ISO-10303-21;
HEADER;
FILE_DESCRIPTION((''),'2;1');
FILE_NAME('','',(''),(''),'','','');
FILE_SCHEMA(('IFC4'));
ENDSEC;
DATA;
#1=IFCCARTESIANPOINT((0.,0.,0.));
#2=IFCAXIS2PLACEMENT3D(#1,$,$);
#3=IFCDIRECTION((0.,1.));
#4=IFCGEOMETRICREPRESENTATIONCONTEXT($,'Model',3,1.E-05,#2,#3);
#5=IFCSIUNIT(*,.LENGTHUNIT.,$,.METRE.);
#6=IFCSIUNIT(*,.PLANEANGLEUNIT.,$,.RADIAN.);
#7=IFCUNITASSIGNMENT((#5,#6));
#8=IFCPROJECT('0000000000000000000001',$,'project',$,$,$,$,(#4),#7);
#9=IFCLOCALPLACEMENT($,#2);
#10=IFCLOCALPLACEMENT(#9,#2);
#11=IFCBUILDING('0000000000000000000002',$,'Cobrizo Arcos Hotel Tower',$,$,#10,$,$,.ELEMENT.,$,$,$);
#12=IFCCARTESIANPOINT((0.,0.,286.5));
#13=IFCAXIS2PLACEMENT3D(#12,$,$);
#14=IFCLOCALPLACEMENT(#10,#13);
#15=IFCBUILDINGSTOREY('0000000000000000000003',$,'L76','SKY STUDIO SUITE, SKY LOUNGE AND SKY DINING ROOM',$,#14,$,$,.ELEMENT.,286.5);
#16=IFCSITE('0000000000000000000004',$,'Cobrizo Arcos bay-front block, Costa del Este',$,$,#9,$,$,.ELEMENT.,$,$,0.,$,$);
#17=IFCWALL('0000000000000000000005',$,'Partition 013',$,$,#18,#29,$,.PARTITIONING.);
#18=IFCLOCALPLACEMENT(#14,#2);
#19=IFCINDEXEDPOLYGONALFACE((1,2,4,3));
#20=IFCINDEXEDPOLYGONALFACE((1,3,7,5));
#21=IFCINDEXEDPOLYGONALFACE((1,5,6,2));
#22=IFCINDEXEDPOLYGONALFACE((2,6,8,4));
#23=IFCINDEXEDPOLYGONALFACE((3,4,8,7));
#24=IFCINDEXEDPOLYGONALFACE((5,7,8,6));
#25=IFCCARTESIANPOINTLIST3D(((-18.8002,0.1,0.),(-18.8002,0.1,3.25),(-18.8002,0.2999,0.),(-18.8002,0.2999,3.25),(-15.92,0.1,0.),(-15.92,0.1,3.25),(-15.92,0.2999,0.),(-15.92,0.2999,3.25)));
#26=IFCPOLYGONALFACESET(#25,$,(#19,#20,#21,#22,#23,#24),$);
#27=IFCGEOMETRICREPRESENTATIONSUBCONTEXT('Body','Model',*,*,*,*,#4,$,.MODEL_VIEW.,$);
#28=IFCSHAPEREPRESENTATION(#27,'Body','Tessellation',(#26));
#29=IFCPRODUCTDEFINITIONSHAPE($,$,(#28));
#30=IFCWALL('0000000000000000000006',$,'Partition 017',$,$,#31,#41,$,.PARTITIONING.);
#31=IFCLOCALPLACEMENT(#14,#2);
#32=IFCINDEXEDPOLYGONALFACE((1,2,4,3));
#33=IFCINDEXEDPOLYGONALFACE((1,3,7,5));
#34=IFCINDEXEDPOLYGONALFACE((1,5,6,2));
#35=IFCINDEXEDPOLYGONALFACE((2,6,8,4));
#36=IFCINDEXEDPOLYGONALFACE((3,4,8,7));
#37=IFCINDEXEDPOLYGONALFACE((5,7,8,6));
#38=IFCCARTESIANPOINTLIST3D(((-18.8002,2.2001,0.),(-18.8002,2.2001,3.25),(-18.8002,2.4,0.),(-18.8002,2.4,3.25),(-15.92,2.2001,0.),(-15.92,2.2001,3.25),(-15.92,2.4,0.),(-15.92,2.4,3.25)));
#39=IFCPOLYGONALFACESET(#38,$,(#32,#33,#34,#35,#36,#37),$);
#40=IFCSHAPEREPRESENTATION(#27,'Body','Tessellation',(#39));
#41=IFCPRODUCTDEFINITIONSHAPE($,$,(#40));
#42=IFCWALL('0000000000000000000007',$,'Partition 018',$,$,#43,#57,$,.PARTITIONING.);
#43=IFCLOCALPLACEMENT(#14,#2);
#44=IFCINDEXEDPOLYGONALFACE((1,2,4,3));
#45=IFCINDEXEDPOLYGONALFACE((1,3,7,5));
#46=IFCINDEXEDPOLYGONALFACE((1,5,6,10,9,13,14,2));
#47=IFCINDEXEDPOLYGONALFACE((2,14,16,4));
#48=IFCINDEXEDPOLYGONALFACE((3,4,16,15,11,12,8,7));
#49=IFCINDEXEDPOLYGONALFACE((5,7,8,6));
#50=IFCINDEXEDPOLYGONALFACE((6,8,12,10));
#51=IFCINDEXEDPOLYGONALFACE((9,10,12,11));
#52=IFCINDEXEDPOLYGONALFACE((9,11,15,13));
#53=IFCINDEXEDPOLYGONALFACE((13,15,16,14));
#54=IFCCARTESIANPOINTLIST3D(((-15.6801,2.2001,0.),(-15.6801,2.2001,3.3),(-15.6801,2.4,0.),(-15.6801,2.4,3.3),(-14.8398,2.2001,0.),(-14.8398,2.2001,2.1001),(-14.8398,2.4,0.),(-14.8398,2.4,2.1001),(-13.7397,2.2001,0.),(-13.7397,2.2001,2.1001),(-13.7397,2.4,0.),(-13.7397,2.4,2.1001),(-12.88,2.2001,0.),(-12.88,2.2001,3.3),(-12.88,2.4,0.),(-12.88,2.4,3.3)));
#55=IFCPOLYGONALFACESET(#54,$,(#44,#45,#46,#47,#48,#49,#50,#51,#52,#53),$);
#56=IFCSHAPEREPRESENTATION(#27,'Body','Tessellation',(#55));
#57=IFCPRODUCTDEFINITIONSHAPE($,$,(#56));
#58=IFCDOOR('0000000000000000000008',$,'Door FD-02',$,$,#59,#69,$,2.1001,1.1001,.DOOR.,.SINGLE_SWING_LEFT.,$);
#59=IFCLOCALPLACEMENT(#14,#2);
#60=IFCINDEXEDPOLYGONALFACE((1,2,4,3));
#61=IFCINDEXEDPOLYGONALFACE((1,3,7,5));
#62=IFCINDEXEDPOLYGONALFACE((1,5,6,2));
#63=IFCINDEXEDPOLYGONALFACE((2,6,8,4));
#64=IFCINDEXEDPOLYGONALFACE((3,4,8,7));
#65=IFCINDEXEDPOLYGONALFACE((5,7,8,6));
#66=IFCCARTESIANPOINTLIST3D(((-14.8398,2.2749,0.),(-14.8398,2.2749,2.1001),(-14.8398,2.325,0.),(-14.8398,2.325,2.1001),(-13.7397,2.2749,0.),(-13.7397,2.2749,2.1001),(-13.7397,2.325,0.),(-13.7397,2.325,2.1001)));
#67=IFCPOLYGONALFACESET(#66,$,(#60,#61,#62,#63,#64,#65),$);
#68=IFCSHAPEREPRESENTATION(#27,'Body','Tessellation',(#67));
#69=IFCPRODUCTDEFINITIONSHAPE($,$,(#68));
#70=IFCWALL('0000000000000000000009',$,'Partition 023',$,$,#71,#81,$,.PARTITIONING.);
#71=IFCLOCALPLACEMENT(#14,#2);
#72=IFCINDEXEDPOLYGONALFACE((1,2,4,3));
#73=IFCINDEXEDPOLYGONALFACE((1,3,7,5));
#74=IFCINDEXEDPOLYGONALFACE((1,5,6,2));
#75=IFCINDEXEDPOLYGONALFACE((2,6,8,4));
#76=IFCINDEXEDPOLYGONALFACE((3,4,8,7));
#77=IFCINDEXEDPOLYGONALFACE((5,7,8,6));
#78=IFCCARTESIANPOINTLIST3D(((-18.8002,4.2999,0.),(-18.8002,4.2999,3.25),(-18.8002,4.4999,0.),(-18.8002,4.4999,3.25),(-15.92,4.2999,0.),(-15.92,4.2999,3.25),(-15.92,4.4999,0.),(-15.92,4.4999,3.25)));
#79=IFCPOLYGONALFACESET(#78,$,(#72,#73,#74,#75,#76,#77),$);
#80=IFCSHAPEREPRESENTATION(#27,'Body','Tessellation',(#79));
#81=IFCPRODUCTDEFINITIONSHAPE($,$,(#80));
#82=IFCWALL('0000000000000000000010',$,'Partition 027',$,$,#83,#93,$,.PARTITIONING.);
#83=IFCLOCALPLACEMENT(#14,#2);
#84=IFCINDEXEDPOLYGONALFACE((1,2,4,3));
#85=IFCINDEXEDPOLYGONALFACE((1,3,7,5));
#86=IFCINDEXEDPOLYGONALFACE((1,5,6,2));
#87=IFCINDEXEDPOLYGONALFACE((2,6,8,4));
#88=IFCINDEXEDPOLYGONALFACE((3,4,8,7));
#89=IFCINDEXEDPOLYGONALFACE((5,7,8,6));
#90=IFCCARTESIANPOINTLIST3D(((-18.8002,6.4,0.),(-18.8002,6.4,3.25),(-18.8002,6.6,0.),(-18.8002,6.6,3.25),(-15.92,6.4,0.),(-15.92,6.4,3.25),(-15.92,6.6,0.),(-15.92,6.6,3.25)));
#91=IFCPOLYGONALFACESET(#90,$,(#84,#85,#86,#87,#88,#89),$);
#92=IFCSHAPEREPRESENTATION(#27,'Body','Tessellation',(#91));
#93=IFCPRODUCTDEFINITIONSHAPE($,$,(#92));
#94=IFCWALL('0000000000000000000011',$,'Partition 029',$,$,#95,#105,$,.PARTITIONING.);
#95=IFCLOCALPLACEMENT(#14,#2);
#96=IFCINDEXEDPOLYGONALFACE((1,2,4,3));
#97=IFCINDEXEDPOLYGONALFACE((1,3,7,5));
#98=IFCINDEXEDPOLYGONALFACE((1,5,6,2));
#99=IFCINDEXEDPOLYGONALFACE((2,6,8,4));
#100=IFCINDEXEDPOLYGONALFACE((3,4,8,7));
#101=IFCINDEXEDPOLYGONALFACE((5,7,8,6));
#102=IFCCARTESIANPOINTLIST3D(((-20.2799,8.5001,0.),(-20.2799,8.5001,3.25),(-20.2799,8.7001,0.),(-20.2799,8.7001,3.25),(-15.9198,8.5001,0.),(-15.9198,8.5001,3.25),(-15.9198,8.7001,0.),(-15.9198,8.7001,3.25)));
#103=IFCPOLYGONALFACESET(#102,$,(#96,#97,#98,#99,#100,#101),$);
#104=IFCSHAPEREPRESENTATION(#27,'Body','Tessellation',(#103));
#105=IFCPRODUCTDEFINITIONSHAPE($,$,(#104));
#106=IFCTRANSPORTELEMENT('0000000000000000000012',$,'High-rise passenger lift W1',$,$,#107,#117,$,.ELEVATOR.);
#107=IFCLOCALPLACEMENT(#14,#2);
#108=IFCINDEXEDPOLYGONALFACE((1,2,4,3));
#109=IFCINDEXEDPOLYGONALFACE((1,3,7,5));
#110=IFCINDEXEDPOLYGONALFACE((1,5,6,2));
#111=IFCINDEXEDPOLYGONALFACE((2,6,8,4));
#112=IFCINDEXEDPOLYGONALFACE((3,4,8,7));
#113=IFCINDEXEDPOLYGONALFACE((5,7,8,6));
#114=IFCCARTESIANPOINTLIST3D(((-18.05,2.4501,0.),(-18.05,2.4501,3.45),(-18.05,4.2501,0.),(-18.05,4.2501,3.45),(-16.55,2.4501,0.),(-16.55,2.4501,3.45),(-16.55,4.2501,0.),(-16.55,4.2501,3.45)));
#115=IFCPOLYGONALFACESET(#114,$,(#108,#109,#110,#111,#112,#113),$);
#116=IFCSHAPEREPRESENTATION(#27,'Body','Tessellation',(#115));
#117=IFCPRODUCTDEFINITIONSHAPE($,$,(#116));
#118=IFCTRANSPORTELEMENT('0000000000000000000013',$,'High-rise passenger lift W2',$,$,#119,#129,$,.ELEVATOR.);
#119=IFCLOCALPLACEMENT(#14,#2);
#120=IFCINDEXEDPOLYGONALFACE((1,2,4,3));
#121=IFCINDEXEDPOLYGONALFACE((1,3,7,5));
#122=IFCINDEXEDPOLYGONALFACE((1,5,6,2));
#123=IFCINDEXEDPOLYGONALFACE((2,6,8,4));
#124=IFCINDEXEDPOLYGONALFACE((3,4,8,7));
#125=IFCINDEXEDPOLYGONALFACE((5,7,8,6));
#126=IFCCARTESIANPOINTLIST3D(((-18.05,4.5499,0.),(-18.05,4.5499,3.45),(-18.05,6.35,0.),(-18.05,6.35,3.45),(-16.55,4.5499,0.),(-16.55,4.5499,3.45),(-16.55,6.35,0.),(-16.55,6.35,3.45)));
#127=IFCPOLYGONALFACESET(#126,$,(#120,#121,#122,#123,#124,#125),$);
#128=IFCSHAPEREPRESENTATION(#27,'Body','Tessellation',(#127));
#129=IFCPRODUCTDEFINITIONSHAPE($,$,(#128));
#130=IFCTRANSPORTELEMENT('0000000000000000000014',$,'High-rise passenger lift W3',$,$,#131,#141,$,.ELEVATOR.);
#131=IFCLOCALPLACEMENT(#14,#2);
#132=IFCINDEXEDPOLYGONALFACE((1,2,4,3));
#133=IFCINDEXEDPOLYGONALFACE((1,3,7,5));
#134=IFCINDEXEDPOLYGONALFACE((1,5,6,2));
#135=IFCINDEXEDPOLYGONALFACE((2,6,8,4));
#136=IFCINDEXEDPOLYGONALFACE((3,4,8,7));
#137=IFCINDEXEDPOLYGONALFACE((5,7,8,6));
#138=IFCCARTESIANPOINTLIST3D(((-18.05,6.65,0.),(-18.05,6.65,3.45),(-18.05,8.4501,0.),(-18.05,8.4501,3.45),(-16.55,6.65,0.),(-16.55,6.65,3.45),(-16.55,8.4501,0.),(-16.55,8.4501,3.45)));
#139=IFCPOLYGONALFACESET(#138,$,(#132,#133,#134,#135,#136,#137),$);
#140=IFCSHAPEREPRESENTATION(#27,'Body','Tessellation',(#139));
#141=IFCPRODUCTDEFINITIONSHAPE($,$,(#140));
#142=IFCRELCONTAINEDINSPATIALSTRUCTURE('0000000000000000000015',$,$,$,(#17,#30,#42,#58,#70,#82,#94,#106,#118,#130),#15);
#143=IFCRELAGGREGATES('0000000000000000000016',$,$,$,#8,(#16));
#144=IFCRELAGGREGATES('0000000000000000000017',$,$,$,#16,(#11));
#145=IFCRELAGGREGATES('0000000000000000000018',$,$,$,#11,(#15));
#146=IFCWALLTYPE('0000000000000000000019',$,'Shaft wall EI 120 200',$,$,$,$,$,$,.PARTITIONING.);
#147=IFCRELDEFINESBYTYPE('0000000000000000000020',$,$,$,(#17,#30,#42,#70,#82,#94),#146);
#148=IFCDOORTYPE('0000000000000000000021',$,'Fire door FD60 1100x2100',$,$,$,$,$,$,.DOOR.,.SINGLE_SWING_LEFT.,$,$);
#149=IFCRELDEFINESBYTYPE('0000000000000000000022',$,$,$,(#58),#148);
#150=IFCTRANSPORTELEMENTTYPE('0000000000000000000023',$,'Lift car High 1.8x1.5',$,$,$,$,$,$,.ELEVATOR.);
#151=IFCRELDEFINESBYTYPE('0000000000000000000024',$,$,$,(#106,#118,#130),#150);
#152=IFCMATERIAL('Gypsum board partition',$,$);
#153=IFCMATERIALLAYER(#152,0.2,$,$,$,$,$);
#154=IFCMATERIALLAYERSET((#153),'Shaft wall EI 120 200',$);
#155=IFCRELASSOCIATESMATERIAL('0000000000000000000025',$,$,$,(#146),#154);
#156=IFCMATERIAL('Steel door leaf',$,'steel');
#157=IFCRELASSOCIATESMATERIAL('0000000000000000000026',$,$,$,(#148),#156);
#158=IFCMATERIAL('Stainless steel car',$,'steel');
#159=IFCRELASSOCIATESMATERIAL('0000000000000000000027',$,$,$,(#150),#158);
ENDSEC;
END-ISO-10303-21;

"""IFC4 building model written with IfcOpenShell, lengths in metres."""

from ifc_helpers import new_model, si_unit, direction, frame, frame_2d, origin, origin_2d, place, context, subcontext, project, spatial, rectangle, extrude, material, layer, layer_set, type_object, element, fill, save


model = new_model("IFC4")

# Units and contexts
model_context = context("Model", 3, precision=1e-05, world=origin(), true_north=direction((0.0, 1.0)))
body_context = subcontext(model_context, "Body", "Model", "MODEL_VIEW")
ifc_project = project(units=[si_unit("LENGTHUNIT", "METRE"), si_unit("PLANEANGLEUNIT", "RADIAN")], contexts=[model_context])

# Site, building, storey
site_placement = place(None, origin())
site = spatial("IfcSite", under=ifc_project, at=site_placement, Name="Cobrizo Arcos bay-front block, Costa del Este", CompositionType="ELEMENT", RefElevation=0.0)
building_placement = place(site_placement, origin())
building = spatial("IfcBuilding", under=site, at=building_placement, Name="Cobrizo Arcos Hotel Tower", CompositionType="ELEMENT")
storey_placement = place(building_placement, frame((0.0, 0.0, 286.5)))
storey = spatial("IfcBuildingStorey", under=building, at=storey_placement, Name="L76", Description="SKY STUDIO SUITE, SKY LOUNGE AND SKY DINING ROOM", CompositionType="ELEMENT", Elevation=286.5)

# Shared definitions
ifc_material_1 = material(Name="Gypsum board partition")

# Walls
ifc_layer_1 = layer(ifc_material_1, 0.2)
ifc_layer_set_1 = layer_set([ifc_layer_1], Name="Shaft wall EI 120 200")
wall_type_1 = type_object("IfcWallType", Name="Shaft wall EI 120 200", PredefinedType="PARTITIONING", material=ifc_layer_set_1)
for number, where, z_axis, x_axis, name in (
    (1, (-18.8, 0.2, 0.0), (0.0, 0.0, 1.0), (1.0, 0.0, 0.0), "Partition 013"),
    (2, (-18.8, 2.3, 0.0), (0.0, 0.0, 1.0), (1.0, 0.0, 0.0), "Partition 017"),
):
    element("IfcWall", number, at=place(storey_placement, frame(where, z_axis=z_axis, x_axis=x_axis)), inside=storey, type_object=wall_type_1, Name=name, PredefinedType="PARTITIONING", context=body_context, shape_type="SweptSolid", body=[
        extrude(rectangle(XDim=2.8801, YDim=0.2, at=frame_2d((1.4399, 0.0))), origin(), (0.0, 0.0, 1.0), 3.25),
    ])

# Wall, opening, door
wall_1_placement = place(storey_placement, frame((-15.6799, 2.3, 0.0), z_axis=(0.0, 0.0, 1.0), x_axis=(1.0, 0.0, 0.0)))
wall_1 = element("IfcWall", 3, at=wall_1_placement, inside=storey, type_object=wall_type_1, Name="Partition 018", PredefinedType="PARTITIONING", context=body_context, shape_type="SweptSolid", body=[
    extrude(rectangle(XDim=2.8, YDim=0.2, at=frame_2d((1.3999, 0.0))), origin(), (0.0, 0.0, 1.0), 3.3),
])
opening_1_placement = place(wall_1_placement, frame((0.8401, 0.0, 0.0)))
opening_1 = element("IfcOpeningElement", 4, at=opening_1_placement, cuts=wall_1, PredefinedType="OPENING", context=body_context, shape_type="SweptSolid", body=[
    extrude(rectangle(XDim=1.1001, YDim=2.1001, at=frame_2d((0.55, 1.05))), frame((0.0, 0.1121, 0.0), z_axis=(0.0, -1.0, 0.0), x_axis=(1.0, 0.0, 0.0)), (0.0, 0.0, 1.0), 0.2239),
])
ifc_material_2 = material(Name="Steel door leaf", Category="steel")
door_type_1 = type_object("IfcDoorType", Name="Fire door FD60 1100x2100", OperationType="SINGLE_SWING_LEFT", PredefinedType="DOOR", material=ifc_material_2)
door_1_placement = place(opening_1_placement, origin())
door_1 = element("IfcDoor", 5, at=door_1_placement, inside=storey, type_object=door_type_1, Name="Door FD-02", OperationType="SINGLE_SWING_LEFT", OverallHeight=2.1001, OverallWidth=1.1001, PredefinedType="DOOR", context=body_context, shape_type="SweptSolid", body=[
    extrude(rectangle(XDim=1.1001, YDim=2.1001, at=frame_2d((0.55, 1.05))), frame((0.0, 0.0249, 0.0), z_axis=(0.0, -1.0, 0.0), x_axis=(1.0, 0.0, 0.0)), (0.0, 0.0, 1.0), 0.05),
])
fill(opening_1, door_1)

# Walls
for number, where, z_axis, x_axis, name in (
    (6, (-18.8, 4.3999, 0.0), (0.0, 0.0, 1.0), (1.0, 0.0, 0.0), "Partition 023"),
    (7, (-18.8, 6.5, 0.0), (0.0, 0.0, 1.0), (1.0, 0.0, 0.0), "Partition 027"),
):
    element("IfcWall", number, at=place(storey_placement, frame(where, z_axis=z_axis, x_axis=x_axis)), inside=storey, type_object=wall_type_1, Name=name, PredefinedType="PARTITIONING", context=body_context, shape_type="SweptSolid", body=[
        extrude(rectangle(XDim=2.8801, YDim=0.2, at=frame_2d((1.4399, 0.0))), origin(), (0.0, 0.0, 1.0), 3.25),
    ])
wall_2_placement = place(storey_placement, frame((-20.28, 8.6001, 0.0), z_axis=(0.0, 0.0, 1.0), x_axis=(1.0, 0.0, 0.0)))
element("IfcWall", 8, at=wall_2_placement, inside=storey, type_object=wall_type_1, Name="Partition 029", PredefinedType="PARTITIONING", context=body_context, shape_type="SweptSolid", body=[
    extrude(rectangle(XDim=4.3601, YDim=0.2, at=frame_2d((2.1802, 0.0))), origin(), (0.0, 0.0, 1.0), 3.25),
])

# Transport elements
ifc_material_3 = material(Name="Stainless steel car", Category="steel")
transport_element_type = type_object("IfcTransportElementType", Name="Lift car High 1.8x1.5", PredefinedType="ELEVATOR", material=ifc_material_3)
for number, where, z_axis, x_axis, name in (
    (9, (-17.3, 3.3501, 0.0), (0.0, 0.0, 1.0), (1.0, 0.0, 0.0), "High-rise passenger lift W1"),
    (10, (-17.3, 5.45, 0.0), (0.0, 0.0, 1.0), (1.0, 0.0, 0.0), "High-rise passenger lift W2"),
    (11, (-17.3, 7.55, 0.0), (0.0, 0.0, 1.0), (1.0, 0.0, 0.0), "High-rise passenger lift W3"),
):
    element("IfcTransportElement", number, at=place(storey_placement, frame(where, z_axis=z_axis, x_axis=x_axis)), inside=storey, type_object=transport_element_type, Name=name, PredefinedType="ELEVATOR", context=body_context, shape_type="SweptSolid", body=[
        extrude(rectangle(XDim=1.5, YDim=1.8, at=origin_2d()), origin(), (0.0, 0.0, 1.0), 3.45),
    ])

save(model, "model.ifc")
